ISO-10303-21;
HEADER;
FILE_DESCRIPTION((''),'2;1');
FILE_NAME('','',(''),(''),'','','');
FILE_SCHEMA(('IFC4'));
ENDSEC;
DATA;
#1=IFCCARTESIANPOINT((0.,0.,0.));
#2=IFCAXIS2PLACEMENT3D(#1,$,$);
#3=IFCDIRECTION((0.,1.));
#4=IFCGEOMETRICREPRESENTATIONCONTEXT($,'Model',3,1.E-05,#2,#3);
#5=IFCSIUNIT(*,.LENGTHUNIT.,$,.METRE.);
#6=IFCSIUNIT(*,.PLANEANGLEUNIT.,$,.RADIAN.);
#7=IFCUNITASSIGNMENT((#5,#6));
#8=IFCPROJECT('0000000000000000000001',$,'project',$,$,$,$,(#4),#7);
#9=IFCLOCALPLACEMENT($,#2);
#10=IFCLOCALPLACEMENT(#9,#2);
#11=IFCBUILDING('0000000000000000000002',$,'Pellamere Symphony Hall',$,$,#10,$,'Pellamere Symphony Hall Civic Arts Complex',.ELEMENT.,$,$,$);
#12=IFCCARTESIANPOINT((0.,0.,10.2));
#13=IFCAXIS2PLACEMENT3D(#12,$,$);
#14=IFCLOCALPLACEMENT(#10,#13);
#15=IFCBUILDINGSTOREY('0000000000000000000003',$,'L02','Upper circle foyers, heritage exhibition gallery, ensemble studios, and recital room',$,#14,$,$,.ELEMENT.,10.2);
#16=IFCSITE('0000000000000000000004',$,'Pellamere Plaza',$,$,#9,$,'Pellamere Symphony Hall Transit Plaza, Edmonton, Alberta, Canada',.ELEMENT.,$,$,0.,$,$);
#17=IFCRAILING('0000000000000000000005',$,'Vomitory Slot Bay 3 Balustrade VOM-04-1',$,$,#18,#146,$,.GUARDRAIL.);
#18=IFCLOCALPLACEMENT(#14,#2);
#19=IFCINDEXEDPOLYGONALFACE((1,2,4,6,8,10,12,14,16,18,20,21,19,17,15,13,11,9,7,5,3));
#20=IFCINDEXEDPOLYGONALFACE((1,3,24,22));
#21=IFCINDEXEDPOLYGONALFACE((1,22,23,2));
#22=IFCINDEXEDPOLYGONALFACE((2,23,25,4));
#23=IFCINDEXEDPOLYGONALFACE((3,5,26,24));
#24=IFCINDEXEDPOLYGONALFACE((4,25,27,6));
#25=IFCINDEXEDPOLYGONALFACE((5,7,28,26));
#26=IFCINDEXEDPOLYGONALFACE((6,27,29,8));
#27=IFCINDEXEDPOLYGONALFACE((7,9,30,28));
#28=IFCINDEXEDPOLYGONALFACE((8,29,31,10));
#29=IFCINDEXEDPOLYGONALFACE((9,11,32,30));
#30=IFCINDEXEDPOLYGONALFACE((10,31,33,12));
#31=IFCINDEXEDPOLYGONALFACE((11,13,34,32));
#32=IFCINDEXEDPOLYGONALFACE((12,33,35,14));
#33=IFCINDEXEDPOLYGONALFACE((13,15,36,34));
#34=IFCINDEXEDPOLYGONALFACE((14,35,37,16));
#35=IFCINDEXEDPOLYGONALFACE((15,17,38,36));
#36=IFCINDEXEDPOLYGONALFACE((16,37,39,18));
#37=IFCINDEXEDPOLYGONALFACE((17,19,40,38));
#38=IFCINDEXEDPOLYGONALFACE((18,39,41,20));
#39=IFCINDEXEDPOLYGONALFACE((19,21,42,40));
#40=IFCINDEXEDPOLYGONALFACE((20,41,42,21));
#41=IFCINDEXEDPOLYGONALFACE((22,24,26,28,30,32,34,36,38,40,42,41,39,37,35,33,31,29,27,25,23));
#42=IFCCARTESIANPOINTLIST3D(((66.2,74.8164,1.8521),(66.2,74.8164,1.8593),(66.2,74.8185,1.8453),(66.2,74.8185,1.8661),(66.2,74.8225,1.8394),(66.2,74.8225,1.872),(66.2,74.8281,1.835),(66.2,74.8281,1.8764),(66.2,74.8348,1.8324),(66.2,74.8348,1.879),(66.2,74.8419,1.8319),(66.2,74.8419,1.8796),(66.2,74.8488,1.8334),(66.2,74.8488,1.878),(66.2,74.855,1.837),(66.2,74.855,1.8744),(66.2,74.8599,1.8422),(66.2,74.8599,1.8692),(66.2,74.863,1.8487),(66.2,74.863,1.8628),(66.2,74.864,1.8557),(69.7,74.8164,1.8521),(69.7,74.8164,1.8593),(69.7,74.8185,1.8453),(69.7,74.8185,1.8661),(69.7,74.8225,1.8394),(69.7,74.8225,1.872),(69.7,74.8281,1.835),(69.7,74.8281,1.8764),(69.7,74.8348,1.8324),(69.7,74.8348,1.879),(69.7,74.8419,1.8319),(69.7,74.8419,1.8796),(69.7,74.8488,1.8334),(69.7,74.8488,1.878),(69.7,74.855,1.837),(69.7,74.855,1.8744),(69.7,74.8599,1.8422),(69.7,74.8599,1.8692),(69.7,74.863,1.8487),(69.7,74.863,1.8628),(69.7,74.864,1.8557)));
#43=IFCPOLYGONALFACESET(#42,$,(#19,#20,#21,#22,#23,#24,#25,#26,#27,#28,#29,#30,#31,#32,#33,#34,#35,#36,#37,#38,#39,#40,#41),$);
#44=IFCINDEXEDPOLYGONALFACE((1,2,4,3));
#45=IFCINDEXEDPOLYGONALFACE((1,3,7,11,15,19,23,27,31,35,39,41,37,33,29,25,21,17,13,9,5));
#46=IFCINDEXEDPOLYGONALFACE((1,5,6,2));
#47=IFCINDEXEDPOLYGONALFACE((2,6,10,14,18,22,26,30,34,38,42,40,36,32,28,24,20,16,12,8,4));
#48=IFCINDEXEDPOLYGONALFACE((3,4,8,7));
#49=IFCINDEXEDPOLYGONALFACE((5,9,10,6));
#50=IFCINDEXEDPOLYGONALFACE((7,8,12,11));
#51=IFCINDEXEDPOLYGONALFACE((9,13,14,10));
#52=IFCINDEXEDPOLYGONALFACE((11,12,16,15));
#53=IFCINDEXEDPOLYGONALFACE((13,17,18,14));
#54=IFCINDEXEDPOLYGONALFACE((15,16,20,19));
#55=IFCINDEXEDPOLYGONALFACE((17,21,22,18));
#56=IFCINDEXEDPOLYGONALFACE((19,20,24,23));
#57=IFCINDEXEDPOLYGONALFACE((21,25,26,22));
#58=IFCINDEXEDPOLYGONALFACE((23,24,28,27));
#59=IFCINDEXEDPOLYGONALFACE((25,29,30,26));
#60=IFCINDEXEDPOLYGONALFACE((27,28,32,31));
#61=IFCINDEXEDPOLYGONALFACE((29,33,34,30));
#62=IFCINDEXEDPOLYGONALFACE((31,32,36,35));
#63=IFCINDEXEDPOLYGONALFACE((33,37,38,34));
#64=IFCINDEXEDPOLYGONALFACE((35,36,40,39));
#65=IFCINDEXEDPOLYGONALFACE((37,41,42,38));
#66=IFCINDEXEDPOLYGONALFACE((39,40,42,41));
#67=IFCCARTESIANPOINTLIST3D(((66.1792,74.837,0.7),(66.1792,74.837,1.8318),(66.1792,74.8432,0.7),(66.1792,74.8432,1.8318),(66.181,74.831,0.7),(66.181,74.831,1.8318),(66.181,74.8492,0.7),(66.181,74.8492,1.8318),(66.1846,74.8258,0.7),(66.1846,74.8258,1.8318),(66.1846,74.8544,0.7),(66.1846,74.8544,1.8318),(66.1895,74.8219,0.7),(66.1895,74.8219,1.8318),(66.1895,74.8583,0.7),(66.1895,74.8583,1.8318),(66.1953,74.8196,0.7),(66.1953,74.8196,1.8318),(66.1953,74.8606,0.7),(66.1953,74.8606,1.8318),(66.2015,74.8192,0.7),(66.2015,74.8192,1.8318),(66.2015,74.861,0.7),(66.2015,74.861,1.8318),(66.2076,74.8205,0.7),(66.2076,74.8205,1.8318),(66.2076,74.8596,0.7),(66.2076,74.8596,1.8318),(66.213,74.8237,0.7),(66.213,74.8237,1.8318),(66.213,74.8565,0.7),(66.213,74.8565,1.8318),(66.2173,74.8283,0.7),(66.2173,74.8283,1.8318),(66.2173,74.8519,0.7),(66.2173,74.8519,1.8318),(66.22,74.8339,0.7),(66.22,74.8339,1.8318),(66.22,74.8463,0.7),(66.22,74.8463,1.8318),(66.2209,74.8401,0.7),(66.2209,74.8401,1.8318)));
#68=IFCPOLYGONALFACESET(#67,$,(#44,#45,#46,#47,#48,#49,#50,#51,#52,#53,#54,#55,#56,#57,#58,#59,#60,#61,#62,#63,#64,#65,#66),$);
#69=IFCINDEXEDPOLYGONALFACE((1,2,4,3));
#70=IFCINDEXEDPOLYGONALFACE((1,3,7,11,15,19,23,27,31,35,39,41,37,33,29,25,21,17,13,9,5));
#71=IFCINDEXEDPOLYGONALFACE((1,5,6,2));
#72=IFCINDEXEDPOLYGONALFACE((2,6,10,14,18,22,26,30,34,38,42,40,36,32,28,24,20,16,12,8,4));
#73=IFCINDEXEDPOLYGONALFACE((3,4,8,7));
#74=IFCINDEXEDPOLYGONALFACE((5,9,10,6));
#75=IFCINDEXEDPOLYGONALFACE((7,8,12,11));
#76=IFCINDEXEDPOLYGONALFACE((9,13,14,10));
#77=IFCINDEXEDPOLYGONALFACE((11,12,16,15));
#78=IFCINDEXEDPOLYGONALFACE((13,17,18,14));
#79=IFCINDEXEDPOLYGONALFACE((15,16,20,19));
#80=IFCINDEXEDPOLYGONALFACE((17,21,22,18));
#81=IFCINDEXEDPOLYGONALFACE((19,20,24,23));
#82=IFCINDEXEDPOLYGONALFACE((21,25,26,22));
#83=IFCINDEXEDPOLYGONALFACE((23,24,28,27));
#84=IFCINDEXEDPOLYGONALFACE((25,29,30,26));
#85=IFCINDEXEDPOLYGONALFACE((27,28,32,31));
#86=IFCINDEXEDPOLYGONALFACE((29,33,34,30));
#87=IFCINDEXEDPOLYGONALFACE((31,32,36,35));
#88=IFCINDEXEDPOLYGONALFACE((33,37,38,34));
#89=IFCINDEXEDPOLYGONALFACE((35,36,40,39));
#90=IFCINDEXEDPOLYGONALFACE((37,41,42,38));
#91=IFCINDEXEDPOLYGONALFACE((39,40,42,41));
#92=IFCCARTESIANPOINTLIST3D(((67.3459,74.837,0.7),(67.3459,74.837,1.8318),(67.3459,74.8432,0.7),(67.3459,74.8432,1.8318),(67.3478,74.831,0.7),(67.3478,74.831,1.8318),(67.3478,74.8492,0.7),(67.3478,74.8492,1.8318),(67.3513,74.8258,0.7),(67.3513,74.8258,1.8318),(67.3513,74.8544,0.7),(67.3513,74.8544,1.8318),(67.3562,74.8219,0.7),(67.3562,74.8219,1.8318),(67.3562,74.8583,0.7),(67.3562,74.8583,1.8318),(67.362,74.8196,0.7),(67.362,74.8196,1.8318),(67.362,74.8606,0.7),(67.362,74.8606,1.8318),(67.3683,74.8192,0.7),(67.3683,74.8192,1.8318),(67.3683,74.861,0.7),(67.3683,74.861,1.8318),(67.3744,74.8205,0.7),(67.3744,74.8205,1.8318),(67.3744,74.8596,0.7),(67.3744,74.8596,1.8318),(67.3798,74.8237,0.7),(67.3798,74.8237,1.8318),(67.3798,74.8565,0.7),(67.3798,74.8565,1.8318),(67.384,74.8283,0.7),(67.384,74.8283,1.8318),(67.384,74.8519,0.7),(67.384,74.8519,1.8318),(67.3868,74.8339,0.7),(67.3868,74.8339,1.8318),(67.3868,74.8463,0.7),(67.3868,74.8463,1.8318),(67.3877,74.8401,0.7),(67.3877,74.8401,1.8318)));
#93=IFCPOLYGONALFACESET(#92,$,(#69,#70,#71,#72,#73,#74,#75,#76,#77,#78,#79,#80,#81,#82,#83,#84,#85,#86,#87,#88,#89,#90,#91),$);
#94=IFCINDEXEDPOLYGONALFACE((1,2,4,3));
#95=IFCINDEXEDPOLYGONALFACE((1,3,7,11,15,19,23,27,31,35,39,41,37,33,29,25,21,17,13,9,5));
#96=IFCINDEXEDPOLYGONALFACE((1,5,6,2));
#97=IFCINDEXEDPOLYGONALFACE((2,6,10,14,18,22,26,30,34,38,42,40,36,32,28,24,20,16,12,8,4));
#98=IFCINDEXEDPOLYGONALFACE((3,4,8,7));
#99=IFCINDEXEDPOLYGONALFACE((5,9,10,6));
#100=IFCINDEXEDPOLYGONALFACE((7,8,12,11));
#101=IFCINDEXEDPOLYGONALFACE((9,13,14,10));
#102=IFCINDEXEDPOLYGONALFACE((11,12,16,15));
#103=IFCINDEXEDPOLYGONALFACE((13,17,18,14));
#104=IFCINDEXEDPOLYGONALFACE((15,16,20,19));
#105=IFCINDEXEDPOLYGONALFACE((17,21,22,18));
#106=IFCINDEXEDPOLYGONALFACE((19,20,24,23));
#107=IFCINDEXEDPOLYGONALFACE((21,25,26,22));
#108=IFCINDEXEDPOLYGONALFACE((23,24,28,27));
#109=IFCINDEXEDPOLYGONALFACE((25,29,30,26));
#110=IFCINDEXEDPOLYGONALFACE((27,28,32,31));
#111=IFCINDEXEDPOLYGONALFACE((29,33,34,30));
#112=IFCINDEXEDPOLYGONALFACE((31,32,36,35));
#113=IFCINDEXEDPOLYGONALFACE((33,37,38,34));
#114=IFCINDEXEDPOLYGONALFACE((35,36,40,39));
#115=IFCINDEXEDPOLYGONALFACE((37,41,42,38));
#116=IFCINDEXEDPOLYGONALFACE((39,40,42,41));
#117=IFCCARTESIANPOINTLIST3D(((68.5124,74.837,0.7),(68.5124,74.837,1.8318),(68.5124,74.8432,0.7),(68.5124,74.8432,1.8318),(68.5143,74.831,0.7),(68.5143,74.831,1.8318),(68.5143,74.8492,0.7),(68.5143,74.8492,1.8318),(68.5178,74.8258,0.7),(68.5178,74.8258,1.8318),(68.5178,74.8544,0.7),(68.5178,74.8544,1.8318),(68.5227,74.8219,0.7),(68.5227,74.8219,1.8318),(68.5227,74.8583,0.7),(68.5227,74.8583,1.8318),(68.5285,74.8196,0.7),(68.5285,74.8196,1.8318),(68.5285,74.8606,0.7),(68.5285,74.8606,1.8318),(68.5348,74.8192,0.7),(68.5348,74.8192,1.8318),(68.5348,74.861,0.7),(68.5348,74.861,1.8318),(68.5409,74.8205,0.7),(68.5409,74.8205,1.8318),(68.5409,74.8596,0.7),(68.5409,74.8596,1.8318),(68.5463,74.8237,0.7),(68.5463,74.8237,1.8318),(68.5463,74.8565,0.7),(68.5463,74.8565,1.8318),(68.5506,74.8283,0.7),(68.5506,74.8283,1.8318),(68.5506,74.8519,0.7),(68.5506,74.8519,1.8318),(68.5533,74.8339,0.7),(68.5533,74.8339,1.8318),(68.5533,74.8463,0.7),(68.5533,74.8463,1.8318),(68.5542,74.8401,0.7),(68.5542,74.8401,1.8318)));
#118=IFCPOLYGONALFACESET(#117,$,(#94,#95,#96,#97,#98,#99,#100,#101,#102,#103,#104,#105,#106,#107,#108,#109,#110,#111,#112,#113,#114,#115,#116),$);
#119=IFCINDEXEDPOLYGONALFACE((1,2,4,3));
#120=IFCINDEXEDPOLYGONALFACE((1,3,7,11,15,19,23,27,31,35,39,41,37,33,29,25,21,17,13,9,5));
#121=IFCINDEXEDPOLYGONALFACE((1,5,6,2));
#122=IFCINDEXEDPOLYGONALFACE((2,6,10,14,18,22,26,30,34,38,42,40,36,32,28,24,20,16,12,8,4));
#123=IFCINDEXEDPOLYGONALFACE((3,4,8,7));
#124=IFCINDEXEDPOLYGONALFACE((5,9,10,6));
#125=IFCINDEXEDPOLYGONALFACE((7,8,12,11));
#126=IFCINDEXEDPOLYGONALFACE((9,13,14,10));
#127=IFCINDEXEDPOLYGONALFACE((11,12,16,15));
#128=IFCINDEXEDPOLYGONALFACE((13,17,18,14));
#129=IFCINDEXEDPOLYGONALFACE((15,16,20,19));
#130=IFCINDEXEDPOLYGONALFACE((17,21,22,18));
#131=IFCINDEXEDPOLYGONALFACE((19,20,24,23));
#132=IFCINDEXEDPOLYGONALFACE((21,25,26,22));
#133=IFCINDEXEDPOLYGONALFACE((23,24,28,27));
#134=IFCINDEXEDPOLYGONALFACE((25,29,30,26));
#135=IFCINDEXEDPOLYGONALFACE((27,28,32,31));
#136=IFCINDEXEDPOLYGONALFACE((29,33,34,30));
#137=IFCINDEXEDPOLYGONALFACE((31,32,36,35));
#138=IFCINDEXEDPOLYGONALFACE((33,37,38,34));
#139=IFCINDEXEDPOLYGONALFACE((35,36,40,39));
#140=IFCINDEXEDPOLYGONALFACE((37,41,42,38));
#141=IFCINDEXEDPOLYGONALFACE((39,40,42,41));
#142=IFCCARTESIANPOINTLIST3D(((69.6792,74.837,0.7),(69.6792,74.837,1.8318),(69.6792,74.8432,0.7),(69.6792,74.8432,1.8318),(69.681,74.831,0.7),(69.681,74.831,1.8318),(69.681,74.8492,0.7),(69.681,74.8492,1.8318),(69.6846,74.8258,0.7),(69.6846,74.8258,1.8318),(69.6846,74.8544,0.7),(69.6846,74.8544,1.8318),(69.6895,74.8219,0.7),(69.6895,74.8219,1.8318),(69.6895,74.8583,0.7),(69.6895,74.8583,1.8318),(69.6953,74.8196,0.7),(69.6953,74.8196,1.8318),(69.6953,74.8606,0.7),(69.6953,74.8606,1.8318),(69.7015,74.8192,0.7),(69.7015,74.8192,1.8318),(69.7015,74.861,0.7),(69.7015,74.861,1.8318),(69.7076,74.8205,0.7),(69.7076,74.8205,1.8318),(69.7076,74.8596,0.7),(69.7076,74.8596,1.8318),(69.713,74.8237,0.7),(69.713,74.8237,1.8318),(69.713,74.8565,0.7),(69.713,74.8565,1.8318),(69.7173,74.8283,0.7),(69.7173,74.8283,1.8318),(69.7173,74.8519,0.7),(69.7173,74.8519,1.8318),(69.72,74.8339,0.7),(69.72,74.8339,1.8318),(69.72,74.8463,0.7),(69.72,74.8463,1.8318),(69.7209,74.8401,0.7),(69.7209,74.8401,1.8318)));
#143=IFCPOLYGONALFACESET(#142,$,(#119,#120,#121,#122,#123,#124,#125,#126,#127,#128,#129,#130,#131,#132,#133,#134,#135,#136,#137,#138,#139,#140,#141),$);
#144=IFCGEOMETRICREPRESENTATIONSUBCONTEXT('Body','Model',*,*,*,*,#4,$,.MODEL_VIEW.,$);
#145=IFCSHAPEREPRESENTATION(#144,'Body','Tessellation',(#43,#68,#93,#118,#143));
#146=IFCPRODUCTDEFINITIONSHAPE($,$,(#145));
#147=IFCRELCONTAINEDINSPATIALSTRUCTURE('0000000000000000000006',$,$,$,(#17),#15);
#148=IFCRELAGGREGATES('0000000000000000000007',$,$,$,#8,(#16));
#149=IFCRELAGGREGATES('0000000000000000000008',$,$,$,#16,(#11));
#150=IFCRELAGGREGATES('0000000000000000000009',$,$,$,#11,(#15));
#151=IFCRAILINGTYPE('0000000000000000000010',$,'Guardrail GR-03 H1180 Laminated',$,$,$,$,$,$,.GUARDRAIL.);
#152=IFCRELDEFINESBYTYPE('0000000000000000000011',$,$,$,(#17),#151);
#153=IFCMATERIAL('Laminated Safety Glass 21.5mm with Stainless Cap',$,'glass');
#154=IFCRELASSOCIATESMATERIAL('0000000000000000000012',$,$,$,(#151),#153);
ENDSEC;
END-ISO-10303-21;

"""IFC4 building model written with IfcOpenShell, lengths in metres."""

from ifc_helpers import new_model, si_unit, direction, frame, origin, origin_2d, place, context, subcontext, project, spatial, circle, extrude, material, type_object, element, save


model = new_model("IFC4")

# Units and contexts
model_context = context("Model", 3, precision=1e-05, world=origin(), true_north=direction((0.0, 1.0)))
body_context = subcontext(model_context, "Body", "Model", "MODEL_VIEW")
ifc_project = project(units=[si_unit("LENGTHUNIT", "METRE"), si_unit("PLANEANGLEUNIT", "RADIAN")], contexts=[model_context])

# Site, building, storey
site_placement = place(None, origin())
site = spatial("IfcSite", under=ifc_project, at=site_placement, Name="Pellamere Plaza", LongName="Pellamere Symphony Hall Transit Plaza, Edmonton, Alberta, Canada", CompositionType="ELEMENT", RefElevation=0.0)
building_placement = place(site_placement, origin())
building = spatial("IfcBuilding", under=site, at=building_placement, Name="Pellamere Symphony Hall", LongName="Pellamere Symphony Hall Civic Arts Complex", CompositionType="ELEMENT")
storey_placement = place(building_placement, frame((0.0, 0.0, 10.2)))
storey = spatial("IfcBuildingStorey", under=building, at=storey_placement, Name="L02", Description="Upper circle foyers, heritage exhibition gallery, ensemble studios, and recital room", CompositionType="ELEMENT", Elevation=10.2)

# Railing
ifc_material_1 = material(Name="Laminated Safety Glass 21.5mm with Stainless Cap", Category="glass")
railing_type_1 = type_object("IfcRailingType", Name="Guardrail GR-03 H1180 Laminated", PredefinedType="GUARDRAIL", material=ifc_material_1)
for number, where, name in (
    (1, (66.2, 74.8401, 0.7), "Vomitory Slot Bay 3 Balustrade VOM-04-1"),
):
    element("IfcRailing", number, at=place(storey_placement, frame(where)), inside=storey, type_object=railing_type_1, Name=name, PredefinedType="GUARDRAIL", context=body_context, shape_type="SweptSolid", body=[
        extrude(circle(Radius=0.0239, at=origin_2d()), frame((0.0, 0.0, 1.1558), z_axis=(1.0, 0.0, 0.0), x_axis=(0.0, 1.0, 0.0)), (0.0, 0.0, 1.0), 3.5),
        extrude(circle(Radius=0.021, at=origin_2d()), origin(), (0.0, 0.0, 1.0), 1.1318),
        extrude(circle(Radius=0.021, at=origin_2d()), frame((1.1667, 0.0, 0.0)), (0.0, 0.0, 1.0), 1.1318),
        extrude(circle(Radius=0.021, at=origin_2d()), frame((2.3333, 0.0, 0.0)), (0.0, 0.0, 1.0), 1.1318),
        extrude(circle(Radius=0.021, at=origin_2d()), frame((3.5, 0.0, 0.0)), (0.0, 0.0, 1.0), 1.1318),
    ])

save(model, "model.ifc")
